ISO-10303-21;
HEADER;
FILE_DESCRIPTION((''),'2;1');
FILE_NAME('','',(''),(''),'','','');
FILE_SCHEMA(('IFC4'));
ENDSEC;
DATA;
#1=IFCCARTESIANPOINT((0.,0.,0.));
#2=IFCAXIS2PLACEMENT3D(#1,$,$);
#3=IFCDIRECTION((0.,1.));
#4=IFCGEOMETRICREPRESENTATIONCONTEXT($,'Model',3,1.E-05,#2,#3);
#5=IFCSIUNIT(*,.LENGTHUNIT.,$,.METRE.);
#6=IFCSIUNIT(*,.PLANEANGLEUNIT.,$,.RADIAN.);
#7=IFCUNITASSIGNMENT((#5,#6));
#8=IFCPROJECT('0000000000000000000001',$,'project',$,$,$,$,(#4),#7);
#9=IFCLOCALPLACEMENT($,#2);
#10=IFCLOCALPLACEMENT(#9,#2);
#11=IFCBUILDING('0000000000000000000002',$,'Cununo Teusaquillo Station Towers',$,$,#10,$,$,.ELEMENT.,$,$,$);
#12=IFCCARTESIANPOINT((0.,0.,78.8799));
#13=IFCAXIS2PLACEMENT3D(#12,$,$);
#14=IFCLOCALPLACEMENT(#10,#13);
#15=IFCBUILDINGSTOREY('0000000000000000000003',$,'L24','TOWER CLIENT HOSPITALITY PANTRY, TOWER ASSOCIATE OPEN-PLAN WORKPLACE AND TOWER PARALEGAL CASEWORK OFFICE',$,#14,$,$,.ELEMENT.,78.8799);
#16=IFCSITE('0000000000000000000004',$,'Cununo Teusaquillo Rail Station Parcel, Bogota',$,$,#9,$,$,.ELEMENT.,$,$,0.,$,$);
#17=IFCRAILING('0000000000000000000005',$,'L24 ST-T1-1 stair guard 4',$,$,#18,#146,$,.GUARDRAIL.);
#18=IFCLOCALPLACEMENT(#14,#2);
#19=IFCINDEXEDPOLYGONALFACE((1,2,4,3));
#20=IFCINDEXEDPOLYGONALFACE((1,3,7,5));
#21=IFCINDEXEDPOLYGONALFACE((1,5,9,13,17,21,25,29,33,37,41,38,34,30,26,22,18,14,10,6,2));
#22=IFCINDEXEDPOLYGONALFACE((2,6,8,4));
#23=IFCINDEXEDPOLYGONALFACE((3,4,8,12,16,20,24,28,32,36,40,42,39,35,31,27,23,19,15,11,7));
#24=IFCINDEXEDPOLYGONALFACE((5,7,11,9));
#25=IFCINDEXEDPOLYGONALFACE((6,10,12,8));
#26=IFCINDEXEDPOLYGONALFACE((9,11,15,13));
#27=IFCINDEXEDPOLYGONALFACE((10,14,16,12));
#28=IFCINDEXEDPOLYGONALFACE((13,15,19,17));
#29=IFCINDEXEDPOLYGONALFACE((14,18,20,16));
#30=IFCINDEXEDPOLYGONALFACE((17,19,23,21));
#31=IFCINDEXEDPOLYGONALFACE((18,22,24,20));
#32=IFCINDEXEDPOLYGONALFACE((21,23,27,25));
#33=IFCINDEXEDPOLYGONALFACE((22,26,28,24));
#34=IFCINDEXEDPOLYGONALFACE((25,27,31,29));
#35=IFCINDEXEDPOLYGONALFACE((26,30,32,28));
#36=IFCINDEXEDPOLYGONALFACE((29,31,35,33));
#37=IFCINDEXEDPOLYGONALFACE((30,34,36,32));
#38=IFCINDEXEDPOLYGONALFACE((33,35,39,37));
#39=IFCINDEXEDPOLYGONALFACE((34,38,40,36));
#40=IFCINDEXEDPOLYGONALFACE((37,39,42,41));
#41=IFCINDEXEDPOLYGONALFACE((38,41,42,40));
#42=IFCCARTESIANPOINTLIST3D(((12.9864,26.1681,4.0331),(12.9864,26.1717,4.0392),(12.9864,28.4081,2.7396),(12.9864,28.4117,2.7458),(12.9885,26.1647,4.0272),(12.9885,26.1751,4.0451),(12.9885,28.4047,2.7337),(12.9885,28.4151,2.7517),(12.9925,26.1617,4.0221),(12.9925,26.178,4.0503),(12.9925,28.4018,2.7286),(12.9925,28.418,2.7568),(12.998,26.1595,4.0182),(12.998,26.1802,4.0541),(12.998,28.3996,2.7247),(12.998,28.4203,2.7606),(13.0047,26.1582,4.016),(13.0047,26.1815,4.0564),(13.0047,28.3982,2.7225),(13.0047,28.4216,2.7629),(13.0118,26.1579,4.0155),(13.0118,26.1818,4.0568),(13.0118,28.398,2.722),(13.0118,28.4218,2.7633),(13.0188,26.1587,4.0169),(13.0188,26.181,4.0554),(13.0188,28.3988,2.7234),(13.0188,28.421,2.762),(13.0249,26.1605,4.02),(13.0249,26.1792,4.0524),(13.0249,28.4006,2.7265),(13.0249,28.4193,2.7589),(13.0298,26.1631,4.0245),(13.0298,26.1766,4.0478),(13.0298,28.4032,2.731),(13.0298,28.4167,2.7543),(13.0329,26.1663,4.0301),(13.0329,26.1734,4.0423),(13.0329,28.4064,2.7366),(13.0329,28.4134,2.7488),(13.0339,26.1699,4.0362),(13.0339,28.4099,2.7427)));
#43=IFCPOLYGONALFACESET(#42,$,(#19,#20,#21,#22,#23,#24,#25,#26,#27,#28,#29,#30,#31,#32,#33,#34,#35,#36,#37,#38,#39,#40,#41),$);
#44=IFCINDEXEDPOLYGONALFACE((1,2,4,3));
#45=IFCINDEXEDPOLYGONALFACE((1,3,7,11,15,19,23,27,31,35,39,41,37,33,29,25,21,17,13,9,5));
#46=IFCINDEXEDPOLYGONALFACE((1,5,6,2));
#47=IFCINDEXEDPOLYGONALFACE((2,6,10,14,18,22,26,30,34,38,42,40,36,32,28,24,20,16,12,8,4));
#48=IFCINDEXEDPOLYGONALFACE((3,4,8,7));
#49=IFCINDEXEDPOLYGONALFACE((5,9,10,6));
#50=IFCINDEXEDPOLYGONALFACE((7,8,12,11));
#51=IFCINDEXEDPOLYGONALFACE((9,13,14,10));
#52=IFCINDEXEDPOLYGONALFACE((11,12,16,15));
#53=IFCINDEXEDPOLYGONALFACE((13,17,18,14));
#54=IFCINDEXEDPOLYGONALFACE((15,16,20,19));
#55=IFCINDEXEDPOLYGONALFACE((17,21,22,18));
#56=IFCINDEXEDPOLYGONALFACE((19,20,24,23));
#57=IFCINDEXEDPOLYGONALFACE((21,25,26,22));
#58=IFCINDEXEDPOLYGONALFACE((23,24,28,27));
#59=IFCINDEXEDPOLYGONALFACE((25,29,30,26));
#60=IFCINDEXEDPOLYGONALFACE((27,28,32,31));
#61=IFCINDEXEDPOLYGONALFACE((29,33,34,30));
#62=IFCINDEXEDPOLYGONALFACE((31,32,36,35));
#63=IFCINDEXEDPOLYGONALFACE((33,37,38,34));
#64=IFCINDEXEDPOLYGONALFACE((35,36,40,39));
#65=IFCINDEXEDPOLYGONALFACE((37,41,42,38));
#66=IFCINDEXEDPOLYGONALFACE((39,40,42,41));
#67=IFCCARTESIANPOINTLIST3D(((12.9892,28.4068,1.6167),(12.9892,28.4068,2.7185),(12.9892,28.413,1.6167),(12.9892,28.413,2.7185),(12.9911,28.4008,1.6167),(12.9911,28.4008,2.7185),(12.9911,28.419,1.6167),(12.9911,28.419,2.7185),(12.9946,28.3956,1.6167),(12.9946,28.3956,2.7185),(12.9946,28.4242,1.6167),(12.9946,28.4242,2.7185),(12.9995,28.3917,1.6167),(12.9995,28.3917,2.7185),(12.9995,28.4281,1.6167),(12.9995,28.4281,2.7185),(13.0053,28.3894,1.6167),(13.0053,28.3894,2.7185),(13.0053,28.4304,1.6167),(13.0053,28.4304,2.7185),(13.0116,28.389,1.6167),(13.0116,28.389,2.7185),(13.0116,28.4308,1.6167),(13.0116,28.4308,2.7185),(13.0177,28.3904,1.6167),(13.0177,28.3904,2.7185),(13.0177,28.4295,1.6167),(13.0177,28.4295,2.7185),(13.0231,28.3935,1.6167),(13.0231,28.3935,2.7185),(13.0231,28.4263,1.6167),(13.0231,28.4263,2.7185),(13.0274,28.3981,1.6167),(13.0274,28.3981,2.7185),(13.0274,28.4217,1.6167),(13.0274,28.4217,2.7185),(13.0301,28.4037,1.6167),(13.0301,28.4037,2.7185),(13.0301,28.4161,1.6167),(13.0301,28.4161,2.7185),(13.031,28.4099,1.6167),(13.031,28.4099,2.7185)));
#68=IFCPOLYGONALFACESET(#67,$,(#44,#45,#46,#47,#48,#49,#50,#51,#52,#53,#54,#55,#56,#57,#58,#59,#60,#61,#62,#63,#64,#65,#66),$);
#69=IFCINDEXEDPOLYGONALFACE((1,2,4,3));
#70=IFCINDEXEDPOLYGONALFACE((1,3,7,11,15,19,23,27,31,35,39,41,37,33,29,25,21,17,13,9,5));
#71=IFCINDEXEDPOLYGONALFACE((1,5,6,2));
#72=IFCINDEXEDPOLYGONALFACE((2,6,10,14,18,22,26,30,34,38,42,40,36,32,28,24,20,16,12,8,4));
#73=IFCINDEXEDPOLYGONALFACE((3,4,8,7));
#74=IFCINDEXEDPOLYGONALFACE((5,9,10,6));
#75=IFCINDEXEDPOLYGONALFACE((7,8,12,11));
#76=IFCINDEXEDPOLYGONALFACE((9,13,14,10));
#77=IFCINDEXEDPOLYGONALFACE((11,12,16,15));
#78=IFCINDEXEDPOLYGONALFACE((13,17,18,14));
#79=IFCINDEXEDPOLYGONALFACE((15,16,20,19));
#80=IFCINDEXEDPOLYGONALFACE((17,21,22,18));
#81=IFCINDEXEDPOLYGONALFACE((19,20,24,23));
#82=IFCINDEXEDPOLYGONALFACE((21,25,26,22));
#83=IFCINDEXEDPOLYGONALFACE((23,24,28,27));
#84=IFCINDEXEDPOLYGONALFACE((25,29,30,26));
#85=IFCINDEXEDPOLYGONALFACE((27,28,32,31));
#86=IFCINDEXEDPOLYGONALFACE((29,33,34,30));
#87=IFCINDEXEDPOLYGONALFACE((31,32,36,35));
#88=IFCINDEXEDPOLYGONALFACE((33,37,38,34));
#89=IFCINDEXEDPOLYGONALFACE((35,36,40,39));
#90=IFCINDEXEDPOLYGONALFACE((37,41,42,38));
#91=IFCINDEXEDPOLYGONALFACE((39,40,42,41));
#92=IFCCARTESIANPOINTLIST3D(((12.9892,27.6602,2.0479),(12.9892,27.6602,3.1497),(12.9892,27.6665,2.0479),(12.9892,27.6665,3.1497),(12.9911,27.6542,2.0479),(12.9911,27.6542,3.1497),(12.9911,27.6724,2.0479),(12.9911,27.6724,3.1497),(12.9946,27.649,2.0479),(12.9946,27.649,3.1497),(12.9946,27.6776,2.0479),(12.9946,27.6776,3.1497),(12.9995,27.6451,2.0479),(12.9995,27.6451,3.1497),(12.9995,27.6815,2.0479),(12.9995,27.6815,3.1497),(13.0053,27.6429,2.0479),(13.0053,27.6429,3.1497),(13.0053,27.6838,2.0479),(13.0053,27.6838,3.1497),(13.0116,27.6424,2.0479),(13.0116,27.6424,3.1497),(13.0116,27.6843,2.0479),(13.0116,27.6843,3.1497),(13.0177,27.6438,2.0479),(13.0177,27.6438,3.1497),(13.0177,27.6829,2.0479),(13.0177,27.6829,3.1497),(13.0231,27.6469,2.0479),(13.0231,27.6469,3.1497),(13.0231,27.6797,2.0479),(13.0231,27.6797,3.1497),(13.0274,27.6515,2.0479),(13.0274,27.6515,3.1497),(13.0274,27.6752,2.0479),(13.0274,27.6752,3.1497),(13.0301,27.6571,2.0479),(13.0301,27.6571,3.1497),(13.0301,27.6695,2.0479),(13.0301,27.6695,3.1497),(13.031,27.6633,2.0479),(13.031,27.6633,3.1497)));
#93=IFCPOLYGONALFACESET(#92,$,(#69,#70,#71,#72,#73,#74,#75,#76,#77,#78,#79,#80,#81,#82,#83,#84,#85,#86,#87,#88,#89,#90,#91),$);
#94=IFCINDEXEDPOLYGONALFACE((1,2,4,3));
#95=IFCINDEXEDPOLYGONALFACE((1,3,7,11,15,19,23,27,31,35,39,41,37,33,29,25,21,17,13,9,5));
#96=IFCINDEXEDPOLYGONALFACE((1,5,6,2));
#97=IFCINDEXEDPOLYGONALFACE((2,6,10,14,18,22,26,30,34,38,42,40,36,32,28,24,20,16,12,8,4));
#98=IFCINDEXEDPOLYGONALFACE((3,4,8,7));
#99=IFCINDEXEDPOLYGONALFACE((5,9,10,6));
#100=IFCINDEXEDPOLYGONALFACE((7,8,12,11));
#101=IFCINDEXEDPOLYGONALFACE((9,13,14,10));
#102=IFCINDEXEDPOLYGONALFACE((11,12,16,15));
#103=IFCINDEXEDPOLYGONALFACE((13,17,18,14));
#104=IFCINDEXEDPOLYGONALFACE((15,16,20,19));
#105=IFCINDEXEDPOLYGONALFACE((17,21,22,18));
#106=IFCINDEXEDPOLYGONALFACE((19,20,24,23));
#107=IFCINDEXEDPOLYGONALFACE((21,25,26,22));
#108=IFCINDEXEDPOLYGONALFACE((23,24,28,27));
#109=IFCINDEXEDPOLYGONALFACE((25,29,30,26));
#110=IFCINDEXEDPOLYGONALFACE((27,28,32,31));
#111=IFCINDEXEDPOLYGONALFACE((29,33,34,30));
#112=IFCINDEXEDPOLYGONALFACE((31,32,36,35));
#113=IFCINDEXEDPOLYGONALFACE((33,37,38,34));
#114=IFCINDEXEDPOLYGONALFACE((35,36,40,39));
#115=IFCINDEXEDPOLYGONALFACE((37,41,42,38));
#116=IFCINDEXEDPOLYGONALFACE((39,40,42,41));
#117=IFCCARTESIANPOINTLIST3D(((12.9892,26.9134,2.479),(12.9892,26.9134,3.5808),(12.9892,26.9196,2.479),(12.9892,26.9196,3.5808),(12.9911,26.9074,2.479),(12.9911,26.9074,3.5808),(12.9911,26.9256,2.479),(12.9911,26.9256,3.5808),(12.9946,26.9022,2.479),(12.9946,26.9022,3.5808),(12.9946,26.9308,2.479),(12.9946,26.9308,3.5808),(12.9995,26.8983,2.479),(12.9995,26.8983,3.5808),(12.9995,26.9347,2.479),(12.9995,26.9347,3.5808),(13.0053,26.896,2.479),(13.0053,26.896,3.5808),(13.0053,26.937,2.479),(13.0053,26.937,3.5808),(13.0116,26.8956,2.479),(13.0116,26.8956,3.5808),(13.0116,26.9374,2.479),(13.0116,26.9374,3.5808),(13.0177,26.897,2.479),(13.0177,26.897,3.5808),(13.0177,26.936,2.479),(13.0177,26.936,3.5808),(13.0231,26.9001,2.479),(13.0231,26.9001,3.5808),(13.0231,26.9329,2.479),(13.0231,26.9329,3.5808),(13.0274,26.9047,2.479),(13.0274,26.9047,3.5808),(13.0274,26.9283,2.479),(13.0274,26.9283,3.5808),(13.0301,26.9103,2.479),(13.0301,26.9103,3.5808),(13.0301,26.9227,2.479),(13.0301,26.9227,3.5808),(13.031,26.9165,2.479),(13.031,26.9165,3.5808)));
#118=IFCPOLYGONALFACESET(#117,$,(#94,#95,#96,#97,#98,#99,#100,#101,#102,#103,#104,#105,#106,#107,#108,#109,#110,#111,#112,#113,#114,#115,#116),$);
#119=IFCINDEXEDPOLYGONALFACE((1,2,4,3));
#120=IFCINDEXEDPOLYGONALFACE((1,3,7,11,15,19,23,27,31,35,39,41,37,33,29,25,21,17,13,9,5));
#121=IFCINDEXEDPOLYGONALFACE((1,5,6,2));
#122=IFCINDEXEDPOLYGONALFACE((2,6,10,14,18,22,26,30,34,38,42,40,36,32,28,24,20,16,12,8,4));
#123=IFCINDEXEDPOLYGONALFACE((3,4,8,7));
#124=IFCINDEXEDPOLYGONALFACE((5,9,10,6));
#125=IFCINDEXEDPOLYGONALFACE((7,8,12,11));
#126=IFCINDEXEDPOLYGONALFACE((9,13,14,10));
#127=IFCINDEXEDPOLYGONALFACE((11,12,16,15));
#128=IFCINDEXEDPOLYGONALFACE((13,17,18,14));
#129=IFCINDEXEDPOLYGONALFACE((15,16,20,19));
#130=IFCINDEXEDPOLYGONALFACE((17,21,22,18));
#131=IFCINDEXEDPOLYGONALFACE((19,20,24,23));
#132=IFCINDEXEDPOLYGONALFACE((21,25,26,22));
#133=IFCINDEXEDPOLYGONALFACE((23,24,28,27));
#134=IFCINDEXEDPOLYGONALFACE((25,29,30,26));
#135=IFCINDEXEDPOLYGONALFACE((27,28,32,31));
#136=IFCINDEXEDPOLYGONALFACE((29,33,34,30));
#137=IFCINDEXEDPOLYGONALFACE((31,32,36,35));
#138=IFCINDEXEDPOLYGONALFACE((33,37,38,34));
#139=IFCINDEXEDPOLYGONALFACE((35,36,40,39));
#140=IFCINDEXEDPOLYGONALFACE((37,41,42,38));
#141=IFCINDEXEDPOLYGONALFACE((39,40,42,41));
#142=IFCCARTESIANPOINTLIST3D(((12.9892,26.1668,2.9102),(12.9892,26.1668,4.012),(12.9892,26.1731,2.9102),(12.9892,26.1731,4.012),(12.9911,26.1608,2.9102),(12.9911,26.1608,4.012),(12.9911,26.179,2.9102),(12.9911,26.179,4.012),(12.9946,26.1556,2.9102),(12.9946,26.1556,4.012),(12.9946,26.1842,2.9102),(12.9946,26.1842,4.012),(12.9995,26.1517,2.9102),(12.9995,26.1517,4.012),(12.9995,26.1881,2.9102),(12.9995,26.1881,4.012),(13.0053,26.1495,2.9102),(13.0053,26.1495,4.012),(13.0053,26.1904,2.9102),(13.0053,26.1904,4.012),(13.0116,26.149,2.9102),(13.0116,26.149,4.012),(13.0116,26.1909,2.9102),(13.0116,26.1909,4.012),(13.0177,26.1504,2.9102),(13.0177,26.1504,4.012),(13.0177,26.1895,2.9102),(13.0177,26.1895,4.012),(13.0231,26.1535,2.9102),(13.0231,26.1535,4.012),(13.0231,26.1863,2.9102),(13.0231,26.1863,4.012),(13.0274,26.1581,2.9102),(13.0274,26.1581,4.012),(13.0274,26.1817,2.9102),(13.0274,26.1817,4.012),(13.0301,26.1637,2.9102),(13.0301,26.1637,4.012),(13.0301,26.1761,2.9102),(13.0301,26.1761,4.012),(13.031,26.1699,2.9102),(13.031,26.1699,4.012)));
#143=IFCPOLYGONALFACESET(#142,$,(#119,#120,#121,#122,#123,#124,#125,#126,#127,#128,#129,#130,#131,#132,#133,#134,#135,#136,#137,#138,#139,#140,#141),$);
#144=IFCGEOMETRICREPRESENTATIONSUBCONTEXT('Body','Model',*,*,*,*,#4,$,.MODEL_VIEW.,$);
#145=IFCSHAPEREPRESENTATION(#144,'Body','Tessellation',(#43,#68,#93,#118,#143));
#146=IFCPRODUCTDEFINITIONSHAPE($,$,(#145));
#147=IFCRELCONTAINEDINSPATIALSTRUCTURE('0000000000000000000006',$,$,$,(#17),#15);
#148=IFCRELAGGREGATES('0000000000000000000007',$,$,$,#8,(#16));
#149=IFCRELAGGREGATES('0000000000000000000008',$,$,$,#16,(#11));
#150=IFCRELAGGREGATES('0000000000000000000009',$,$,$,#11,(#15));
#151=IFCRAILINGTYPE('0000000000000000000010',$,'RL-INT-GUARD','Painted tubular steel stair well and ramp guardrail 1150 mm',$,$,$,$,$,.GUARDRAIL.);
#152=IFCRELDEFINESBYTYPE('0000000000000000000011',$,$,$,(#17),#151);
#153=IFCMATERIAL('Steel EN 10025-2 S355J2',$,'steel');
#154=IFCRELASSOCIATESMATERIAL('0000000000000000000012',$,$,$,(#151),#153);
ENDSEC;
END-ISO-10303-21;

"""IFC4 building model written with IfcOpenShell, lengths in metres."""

from ifc_helpers import new_model, si_unit, direction, frame, origin, origin_2d, place, context, subcontext, project, spatial, circle, extrude, material, type_object, element, save


model = new_model("IFC4")

# Units and contexts
model_context = context("Model", 3, precision=1e-05, world=origin(), true_north=direction((0.0, 1.0)))
body_context = subcontext(model_context, "Body", "Model", "MODEL_VIEW")
ifc_project = project(units=[si_unit("LENGTHUNIT", "METRE"), si_unit("PLANEANGLEUNIT", "RADIAN")], contexts=[model_context])

# Site, building, storey
site_placement = place(None, origin())
site = spatial("IfcSite", under=ifc_project, at=site_placement, Name="Cununo Teusaquillo Rail Station Parcel, Bogota", CompositionType="ELEMENT", RefElevation=0.0)
building_placement = place(site_placement, origin())
building = spatial("IfcBuilding", under=site, at=building_placement, Name="Cununo Teusaquillo Station Towers", CompositionType="ELEMENT")
storey_placement = place(building_placement, frame((0.0, 0.0, 78.8799)))
storey = spatial("IfcBuildingStorey", under=building, at=storey_placement, Name="L24", Description="TOWER CLIENT HOSPITALITY PANTRY, TOWER ASSOCIATE OPEN-PLAN WORKPLACE AND TOWER PARALEGAL CASEWORK OFFICE", CompositionType="ELEMENT", Elevation=78.8799)

# Railing
ifc_material_1 = material(Name="Steel EN 10025-2 S355J2", Category="steel")
railing_type_1 = type_object("IfcRailingType", Name="RL-INT-GUARD", Description="Painted tubular steel stair well and ramp guardrail 1150 mm", PredefinedType="GUARDRAIL", material=ifc_material_1)
railing_1_placement = place(storey_placement, frame((13.01, 28.4099, 1.6167)))
element("IfcRailing", 1, at=railing_1_placement, inside=storey, type_object=railing_type_1, Name="L24 ST-T1-1 stair guard 4", PredefinedType="GUARDRAIL", context=body_context, shape_type="SweptSolid", body=[
    extrude(circle(Radius=0.0239, at=origin_2d()), frame((0.0, 0.0, 1.126), z_axis=(0.0, -0.865992, 0.500057), x_axis=(1.0, 0.0, 0.0)), (0.0, 0.0, 1.0), 2.5867),
    extrude(circle(Radius=0.021, at=origin_2d()), origin(), (0.0, 0.0, 1.0), 1.1018),
    extrude(circle(Radius=0.021, at=origin_2d()), frame((0.0, -0.7466, 0.4312)), (0.0, 0.0, 1.0), 1.1018),
    extrude(circle(Radius=0.021, at=origin_2d()), frame((0.0, -1.4934, 0.8623)), (0.0, 0.0, 1.0), 1.1018),
    extrude(circle(Radius=0.021, at=origin_2d()), frame((0.0, -2.24, 1.2935)), (0.0, 0.0, 1.0), 1.1018),
])

save(model, "model.ifc")
